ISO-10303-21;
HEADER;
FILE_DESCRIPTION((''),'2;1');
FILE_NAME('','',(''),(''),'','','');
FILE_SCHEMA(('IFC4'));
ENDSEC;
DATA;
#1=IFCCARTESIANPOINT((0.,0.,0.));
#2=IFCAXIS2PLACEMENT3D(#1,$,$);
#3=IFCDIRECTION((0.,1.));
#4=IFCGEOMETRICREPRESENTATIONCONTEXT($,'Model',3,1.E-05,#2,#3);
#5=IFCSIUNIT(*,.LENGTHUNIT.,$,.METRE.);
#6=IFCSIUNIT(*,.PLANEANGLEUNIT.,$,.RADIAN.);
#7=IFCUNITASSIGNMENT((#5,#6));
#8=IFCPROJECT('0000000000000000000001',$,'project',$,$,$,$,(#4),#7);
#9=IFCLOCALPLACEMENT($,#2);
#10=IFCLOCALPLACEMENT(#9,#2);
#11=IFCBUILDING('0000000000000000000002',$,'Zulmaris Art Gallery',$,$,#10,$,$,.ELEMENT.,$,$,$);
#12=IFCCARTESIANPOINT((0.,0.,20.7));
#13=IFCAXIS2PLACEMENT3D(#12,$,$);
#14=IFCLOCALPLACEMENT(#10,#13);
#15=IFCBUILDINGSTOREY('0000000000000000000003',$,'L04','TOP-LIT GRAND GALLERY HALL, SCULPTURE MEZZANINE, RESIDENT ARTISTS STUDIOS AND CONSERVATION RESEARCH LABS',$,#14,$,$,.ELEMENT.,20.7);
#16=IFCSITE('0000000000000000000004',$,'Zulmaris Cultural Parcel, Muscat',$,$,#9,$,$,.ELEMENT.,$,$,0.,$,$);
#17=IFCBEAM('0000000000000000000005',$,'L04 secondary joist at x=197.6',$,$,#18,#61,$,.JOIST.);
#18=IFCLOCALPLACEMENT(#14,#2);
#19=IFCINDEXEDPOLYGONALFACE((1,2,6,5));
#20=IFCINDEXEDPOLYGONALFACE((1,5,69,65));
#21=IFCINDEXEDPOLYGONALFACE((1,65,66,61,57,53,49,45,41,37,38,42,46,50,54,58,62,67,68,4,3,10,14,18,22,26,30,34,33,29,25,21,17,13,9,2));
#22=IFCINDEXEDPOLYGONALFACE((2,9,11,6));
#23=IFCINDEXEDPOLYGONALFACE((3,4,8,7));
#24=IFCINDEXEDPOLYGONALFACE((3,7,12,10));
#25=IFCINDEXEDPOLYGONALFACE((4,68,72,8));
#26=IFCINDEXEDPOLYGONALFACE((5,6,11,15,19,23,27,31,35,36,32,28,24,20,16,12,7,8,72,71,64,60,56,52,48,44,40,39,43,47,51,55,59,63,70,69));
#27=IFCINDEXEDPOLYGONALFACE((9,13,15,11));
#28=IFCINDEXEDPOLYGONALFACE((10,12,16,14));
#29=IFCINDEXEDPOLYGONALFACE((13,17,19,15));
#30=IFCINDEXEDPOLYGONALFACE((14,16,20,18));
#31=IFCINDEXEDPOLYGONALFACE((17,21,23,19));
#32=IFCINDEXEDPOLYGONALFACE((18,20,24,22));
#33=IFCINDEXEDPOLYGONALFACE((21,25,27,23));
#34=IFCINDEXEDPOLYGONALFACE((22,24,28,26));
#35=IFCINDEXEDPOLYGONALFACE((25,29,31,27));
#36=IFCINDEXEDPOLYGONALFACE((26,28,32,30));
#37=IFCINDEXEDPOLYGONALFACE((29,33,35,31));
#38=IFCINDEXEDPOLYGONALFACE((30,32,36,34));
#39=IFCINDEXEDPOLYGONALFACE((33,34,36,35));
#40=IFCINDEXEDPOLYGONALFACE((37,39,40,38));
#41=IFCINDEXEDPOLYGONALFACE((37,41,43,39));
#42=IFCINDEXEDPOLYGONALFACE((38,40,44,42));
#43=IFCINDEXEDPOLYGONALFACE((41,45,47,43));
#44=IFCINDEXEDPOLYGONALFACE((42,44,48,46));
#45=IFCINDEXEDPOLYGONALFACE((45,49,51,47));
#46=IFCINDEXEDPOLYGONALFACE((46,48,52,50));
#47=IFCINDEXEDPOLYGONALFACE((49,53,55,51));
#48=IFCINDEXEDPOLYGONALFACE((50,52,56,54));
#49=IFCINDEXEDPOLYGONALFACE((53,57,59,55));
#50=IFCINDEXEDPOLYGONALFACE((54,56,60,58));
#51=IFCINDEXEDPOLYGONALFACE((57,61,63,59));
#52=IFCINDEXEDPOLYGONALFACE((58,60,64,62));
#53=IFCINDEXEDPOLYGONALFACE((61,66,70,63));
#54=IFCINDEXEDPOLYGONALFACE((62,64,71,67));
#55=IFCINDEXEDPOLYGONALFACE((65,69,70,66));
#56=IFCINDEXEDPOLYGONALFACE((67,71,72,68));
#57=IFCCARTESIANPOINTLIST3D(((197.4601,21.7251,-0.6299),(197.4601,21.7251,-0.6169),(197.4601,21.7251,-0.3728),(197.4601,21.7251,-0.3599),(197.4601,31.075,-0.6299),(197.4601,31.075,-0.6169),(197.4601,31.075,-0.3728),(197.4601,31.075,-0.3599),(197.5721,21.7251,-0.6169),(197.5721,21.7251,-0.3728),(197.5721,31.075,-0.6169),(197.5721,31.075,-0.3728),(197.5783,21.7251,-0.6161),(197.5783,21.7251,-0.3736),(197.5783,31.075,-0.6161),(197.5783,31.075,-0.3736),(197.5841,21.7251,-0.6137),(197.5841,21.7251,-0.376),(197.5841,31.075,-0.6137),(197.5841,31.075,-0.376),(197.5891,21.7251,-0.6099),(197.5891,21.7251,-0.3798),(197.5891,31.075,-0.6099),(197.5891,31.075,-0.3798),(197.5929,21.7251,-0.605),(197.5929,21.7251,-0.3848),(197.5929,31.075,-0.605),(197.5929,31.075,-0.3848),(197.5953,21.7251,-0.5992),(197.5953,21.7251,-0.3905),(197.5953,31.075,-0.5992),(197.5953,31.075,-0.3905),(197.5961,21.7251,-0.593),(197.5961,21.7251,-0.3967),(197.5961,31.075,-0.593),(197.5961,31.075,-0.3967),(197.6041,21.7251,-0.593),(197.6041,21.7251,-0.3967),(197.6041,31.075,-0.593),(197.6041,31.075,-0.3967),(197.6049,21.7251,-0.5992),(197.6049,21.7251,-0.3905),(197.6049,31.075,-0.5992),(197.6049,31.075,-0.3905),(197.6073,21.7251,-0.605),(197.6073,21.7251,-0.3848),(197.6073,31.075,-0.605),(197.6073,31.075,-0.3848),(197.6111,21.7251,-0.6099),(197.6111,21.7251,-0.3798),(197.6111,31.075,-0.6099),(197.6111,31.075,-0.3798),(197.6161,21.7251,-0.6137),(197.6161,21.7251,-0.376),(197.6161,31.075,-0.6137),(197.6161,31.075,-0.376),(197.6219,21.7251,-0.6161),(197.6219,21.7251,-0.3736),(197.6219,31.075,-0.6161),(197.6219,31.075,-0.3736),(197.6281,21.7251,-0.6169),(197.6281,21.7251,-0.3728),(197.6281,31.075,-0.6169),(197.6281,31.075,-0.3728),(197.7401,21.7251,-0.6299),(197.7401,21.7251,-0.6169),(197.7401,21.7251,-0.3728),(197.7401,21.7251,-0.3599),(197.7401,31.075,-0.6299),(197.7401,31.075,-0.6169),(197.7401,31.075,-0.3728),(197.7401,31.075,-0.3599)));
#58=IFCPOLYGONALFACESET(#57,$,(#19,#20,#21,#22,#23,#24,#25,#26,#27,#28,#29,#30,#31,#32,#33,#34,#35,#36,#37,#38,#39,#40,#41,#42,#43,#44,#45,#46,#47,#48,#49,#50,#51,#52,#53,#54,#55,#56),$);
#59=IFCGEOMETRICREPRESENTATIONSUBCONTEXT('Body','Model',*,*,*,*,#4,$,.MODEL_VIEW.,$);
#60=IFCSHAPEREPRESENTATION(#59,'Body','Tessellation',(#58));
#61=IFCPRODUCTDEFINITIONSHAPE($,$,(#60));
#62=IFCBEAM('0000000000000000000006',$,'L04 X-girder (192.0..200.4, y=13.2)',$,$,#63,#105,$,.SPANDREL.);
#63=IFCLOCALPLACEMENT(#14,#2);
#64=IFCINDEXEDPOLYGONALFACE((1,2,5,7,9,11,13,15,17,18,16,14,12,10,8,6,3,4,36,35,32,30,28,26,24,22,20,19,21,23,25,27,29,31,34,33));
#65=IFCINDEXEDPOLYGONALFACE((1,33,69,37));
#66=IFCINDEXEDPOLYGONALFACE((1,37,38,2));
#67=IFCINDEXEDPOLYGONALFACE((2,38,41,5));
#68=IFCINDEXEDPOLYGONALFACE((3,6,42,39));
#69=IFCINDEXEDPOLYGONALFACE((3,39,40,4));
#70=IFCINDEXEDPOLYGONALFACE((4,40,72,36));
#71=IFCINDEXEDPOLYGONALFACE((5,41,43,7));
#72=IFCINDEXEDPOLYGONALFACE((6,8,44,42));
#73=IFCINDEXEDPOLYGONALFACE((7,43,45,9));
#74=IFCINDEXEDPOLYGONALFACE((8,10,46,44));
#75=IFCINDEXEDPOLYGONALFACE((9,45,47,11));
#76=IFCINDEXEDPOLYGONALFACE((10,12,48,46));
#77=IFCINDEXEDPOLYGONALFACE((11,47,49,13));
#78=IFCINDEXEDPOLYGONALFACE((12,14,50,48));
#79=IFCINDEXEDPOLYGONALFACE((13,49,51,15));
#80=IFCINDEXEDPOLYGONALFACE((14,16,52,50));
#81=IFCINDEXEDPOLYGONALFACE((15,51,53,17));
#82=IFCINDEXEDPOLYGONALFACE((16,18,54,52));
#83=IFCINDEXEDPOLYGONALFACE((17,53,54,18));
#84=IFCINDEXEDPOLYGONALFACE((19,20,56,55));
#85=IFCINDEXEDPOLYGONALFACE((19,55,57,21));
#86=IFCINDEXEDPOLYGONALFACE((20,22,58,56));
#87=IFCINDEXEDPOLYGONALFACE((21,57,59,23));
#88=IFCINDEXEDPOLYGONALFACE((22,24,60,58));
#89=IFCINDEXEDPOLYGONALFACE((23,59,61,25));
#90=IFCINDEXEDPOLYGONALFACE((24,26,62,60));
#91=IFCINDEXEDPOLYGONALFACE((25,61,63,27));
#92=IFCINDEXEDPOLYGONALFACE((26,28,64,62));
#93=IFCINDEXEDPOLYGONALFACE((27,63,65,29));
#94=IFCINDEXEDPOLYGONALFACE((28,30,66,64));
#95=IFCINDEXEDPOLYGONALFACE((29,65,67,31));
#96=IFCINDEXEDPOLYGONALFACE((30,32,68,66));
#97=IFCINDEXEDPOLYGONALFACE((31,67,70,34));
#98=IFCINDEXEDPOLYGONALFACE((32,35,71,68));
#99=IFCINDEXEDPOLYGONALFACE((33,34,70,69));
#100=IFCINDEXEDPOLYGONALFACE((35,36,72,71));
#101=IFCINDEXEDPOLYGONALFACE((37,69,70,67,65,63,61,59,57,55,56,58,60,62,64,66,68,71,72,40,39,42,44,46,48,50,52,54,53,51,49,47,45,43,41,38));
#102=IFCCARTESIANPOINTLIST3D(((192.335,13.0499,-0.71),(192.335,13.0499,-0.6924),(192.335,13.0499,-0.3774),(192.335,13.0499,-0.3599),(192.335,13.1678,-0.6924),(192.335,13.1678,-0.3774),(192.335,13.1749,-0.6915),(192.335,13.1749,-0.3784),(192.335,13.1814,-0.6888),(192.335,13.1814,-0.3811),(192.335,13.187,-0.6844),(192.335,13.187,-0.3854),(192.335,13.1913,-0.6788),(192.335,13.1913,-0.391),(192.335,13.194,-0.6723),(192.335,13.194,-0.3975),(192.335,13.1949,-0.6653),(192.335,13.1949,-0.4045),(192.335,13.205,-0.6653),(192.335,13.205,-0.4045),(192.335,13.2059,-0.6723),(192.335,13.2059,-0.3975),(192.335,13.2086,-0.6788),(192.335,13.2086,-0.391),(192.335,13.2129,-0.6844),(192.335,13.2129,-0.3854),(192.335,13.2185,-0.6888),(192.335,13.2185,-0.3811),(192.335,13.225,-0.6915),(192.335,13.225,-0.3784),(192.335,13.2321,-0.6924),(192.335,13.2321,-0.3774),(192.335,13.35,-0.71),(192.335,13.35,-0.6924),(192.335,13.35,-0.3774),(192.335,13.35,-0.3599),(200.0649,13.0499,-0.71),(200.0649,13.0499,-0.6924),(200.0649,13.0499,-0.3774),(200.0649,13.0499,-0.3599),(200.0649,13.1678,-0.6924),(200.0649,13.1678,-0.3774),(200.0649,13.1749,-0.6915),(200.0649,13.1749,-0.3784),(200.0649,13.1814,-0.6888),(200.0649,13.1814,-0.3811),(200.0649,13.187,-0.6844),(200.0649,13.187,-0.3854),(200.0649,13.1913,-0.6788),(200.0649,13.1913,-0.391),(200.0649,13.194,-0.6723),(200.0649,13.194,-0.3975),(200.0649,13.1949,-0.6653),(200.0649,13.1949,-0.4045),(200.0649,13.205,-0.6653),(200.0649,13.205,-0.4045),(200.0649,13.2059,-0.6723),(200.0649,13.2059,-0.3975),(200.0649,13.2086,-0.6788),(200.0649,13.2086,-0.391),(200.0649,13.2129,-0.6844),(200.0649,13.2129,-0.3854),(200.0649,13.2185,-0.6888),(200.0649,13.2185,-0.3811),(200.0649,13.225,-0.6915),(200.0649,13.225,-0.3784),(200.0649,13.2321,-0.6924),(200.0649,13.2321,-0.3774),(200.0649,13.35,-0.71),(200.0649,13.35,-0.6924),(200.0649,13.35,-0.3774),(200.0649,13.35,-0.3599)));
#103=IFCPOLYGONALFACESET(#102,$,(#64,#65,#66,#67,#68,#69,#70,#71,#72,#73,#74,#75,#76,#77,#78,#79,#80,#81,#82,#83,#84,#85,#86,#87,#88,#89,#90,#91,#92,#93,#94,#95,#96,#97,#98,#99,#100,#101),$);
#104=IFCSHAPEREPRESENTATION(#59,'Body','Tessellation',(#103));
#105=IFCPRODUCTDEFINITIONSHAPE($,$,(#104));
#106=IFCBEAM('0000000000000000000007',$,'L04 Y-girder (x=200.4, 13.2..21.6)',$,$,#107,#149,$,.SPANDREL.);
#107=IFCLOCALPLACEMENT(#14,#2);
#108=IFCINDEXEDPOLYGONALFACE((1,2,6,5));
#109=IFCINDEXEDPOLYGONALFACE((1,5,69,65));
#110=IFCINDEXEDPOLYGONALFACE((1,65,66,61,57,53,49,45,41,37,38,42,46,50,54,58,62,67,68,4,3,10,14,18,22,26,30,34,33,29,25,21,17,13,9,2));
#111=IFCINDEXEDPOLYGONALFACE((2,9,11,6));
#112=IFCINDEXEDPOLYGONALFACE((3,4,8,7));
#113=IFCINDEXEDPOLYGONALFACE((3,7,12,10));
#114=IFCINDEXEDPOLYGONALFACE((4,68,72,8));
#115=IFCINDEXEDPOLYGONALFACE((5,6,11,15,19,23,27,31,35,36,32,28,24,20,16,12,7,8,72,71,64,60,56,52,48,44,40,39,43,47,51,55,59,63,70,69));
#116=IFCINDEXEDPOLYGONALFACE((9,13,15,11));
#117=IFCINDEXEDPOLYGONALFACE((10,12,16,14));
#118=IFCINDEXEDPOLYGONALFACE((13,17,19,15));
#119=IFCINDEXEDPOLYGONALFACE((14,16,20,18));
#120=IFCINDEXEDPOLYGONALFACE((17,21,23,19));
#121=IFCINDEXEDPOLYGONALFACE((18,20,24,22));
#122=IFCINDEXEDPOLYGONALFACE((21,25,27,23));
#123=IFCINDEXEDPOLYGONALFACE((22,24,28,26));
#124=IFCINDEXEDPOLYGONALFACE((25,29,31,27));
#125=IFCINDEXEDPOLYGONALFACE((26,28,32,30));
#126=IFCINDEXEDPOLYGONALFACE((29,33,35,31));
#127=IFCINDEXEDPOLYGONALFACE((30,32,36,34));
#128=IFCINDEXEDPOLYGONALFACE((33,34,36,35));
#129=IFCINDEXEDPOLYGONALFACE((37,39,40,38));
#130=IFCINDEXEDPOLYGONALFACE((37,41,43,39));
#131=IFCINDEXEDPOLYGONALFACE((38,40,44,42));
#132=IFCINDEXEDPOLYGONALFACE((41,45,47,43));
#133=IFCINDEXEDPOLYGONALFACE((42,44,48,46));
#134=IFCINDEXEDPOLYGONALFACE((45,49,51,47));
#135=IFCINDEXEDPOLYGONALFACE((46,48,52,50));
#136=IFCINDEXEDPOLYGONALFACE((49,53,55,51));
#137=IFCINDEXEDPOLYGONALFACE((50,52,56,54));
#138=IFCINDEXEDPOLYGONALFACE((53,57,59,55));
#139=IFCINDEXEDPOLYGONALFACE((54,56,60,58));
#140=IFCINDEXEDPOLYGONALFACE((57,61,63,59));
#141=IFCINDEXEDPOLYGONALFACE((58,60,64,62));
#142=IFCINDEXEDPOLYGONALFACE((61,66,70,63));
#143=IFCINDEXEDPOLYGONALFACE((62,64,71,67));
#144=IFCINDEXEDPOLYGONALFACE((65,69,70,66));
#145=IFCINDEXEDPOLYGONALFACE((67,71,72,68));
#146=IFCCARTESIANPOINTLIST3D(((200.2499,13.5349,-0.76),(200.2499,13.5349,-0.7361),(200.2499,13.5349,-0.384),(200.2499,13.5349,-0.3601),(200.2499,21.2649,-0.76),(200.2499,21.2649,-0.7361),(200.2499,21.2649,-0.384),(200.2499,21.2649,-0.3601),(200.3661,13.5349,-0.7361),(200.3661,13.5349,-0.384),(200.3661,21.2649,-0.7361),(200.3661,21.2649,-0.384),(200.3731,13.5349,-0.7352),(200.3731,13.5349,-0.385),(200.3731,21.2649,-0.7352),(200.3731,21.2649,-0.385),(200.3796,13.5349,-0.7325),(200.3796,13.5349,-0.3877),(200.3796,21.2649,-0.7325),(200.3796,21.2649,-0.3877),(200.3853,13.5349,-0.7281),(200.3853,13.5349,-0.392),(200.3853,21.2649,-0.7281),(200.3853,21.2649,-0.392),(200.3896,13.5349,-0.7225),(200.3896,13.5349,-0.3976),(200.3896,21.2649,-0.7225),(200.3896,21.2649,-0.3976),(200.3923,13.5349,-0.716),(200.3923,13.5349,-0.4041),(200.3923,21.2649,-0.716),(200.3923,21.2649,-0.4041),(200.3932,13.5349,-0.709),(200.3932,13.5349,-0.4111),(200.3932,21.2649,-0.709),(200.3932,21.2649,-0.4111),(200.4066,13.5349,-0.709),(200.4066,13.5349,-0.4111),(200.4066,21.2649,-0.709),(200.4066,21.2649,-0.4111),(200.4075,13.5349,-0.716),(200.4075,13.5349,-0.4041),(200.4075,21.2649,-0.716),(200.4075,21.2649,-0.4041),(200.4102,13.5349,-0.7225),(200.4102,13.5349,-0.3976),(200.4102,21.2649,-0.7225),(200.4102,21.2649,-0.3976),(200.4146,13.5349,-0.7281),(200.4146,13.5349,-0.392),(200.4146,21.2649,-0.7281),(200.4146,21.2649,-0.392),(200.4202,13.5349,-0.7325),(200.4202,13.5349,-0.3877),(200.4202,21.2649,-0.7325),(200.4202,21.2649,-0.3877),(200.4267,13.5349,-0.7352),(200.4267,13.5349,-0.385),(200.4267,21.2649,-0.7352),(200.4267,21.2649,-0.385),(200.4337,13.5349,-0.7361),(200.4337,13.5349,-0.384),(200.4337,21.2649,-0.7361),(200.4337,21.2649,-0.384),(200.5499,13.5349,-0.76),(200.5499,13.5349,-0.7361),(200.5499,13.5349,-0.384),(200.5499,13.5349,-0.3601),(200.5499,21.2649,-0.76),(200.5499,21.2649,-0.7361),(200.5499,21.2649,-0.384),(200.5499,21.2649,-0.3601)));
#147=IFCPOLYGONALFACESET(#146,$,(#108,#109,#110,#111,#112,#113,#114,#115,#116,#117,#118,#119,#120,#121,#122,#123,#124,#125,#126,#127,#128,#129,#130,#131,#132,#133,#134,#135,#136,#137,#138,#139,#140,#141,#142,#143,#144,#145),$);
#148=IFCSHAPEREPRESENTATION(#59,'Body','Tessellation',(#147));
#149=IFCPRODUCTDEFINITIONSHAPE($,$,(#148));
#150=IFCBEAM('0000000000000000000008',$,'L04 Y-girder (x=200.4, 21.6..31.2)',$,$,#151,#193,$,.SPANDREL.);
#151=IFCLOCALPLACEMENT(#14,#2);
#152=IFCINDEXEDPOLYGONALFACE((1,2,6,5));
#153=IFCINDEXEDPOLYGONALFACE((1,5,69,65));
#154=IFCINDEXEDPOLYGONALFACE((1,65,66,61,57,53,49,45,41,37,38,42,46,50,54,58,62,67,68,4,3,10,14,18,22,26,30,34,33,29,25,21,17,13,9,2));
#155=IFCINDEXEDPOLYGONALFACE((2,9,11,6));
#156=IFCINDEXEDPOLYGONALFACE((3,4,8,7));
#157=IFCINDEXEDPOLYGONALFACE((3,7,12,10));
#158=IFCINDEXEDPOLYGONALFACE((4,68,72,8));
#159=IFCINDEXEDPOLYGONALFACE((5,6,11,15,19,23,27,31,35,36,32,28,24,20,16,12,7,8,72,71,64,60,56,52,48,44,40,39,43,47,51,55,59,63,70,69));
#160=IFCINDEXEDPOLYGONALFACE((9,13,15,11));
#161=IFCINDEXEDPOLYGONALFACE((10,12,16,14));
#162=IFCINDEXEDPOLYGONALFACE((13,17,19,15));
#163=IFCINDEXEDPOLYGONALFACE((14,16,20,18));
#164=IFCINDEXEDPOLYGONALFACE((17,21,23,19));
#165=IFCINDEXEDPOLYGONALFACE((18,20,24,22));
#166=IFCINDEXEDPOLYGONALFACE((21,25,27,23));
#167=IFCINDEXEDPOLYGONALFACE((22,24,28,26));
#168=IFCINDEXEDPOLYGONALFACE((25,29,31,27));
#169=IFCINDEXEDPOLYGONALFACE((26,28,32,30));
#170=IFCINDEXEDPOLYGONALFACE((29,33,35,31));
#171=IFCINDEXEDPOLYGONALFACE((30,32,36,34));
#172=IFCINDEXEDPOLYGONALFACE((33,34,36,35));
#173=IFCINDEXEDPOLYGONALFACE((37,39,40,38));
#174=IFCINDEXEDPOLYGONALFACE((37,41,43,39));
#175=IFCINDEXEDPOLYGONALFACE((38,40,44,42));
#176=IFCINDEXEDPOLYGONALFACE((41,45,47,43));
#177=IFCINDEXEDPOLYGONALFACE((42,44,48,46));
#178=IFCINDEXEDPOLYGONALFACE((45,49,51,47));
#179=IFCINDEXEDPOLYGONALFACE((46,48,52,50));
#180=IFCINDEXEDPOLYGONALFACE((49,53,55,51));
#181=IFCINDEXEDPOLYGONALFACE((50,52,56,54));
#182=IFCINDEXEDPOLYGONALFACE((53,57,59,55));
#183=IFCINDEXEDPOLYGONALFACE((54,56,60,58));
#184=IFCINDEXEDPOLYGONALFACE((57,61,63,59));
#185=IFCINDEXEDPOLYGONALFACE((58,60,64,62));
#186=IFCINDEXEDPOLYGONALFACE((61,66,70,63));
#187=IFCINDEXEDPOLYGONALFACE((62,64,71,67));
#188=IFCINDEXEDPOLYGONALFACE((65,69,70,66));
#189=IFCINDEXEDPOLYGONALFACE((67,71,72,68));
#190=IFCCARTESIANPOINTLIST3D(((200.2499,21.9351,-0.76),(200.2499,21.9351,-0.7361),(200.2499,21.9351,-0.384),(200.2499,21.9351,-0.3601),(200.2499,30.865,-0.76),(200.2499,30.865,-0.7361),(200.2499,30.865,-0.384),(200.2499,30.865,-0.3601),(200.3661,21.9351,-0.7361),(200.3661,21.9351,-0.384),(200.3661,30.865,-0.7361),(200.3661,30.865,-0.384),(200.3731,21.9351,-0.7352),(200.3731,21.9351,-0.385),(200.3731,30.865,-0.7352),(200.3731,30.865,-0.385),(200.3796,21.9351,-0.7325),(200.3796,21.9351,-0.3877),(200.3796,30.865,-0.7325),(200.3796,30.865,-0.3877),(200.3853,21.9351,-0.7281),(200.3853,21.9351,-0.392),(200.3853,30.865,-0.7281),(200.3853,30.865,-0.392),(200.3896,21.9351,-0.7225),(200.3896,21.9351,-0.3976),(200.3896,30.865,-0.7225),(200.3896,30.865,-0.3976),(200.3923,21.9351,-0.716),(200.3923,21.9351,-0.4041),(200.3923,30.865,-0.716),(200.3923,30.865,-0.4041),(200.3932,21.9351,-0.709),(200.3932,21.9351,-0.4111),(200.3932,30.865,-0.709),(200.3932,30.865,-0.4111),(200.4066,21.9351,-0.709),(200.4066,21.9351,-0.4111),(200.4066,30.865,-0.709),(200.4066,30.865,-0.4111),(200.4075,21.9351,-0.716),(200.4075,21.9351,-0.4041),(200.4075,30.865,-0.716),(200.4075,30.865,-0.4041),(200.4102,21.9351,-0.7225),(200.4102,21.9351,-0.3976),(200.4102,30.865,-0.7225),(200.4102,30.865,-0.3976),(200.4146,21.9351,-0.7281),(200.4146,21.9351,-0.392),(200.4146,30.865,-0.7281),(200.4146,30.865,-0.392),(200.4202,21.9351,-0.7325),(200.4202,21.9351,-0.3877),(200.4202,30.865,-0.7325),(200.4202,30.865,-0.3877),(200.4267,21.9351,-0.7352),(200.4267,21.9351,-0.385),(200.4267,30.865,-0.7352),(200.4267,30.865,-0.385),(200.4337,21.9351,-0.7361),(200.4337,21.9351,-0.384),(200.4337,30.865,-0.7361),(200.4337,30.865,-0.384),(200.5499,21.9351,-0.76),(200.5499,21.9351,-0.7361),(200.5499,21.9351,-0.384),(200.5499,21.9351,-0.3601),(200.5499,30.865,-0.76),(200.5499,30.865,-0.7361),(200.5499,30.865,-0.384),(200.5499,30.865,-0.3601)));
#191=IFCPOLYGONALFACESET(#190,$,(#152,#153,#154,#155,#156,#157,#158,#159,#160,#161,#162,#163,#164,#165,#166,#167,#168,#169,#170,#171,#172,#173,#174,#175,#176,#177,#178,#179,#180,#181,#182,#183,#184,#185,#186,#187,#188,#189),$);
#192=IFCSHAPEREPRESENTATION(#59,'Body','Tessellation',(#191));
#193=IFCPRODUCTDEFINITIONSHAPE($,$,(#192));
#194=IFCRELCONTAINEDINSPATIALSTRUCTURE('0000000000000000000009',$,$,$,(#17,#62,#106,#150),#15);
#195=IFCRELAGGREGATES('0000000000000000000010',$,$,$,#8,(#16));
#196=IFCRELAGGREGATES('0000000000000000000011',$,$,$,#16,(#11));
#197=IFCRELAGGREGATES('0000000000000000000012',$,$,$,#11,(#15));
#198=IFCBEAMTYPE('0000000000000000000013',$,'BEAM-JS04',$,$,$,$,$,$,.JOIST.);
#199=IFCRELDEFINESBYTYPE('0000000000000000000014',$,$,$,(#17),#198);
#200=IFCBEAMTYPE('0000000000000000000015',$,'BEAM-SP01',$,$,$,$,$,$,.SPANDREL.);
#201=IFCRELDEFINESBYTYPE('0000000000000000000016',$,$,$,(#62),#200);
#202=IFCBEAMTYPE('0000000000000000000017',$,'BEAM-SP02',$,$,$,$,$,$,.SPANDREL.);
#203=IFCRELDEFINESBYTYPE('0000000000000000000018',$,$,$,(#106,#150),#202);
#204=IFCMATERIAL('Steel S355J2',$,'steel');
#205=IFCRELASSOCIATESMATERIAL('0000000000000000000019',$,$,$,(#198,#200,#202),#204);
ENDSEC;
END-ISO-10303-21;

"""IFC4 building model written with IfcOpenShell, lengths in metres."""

from ifc_helpers import new_model, si_unit, direction, frame, origin, origin_2d, place, context, subcontext, project, spatial, i_section, extrude, material, material_profile, profile_set, type_object, element, save


model = new_model("IFC4")

# Units and contexts
model_context = context("Model", 3, precision=1e-05, world=origin(), true_north=direction((0.0, 1.0)))
body_context = subcontext(model_context, "Body", "Model", "MODEL_VIEW")
ifc_project = project(units=[si_unit("LENGTHUNIT", "METRE"), si_unit("PLANEANGLEUNIT", "RADIAN")], contexts=[model_context])

# Site, building, storey
site_placement = place(None, origin())
site = spatial("IfcSite", under=ifc_project, at=site_placement, Name="Zulmaris Cultural Parcel, Muscat", CompositionType="ELEMENT", RefElevation=0.0)
building_placement = place(site_placement, origin())
building = spatial("IfcBuilding", under=site, at=building_placement, Name="Zulmaris Art Gallery", CompositionType="ELEMENT")
storey_placement = place(building_placement, frame((0.0, 0.0, 20.7)))
storey = spatial("IfcBuildingStorey", under=building, at=storey_placement, Name="L04", Description="TOP-LIT GRAND GALLERY HALL, SCULPTURE MEZZANINE, RESIDENT ARTISTS STUDIOS AND CONSERVATION RESEARCH LABS", CompositionType="ELEMENT", Elevation=20.7)

# Beams
ifc_material_1 = material(Name="Steel S355J2", Category="steel")
ifc_material_profile_1 = material_profile(ifc_material_1, i_section(OverallWidth=0.28, OverallDepth=0.27, WebThickness=0.0081, FlangeThickness=0.0129, FilletRadius=0.0239, at=origin_2d()), Name="HEA 280")
ifc_profile_set_1 = profile_set([ifc_material_profile_1], Name="Steel S355J2")
beam_type_1 = type_object("IfcBeamType", Name="BEAM-JS04", PredefinedType="JOIST", material=ifc_profile_set_1)
beam_1_placement = place(storey_placement, frame((197.6001, 21.7251, -0.4949), z_axis=(0.0, 1.0, 0.0), x_axis=(-1.0, 0.0, 0.0)))
element("IfcBeam", 1, at=beam_1_placement, inside=storey, type_object=beam_type_1, Name="L04 secondary joist at x=197.6", PredefinedType="JOIST", context=body_context, shape_type="SweptSolid", body=[
    extrude(i_section(OverallWidth=0.28, OverallDepth=0.27, WebThickness=0.0081, FlangeThickness=0.0129, FilletRadius=0.0239, at=origin_2d()), origin(), (0.0, 0.0, 1.0), 9.3499),
])
ifc_material_profile_2 = material_profile(ifc_material_1, i_section(OverallWidth=0.3, OverallDepth=0.3501, WebThickness=0.01, FlangeThickness=0.0176, FilletRadius=0.0271, at=origin_2d()), Name="HEA 360")
ifc_profile_set_2 = profile_set([ifc_material_profile_2], Name="Steel S355J2")
beam_type_2 = type_object("IfcBeamType", Name="BEAM-SP01", PredefinedType="SPANDREL", material=ifc_profile_set_2)
beam_2_placement = place(storey_placement, frame((192.335, 13.2, -0.5349), z_axis=(1.0, 0.0, 0.0), x_axis=(0.0, 1.0, 0.0)))
element("IfcBeam", 2, at=beam_2_placement, inside=storey, type_object=beam_type_2, Name="L04 X-girder (192.0..200.4, y=13.2)", PredefinedType="SPANDREL", context=body_context, shape_type="SweptSolid", body=[
    extrude(i_section(OverallWidth=0.3, OverallDepth=0.3501, WebThickness=0.01, FlangeThickness=0.0176, FilletRadius=0.0271, at=origin_2d()), origin(), (0.0, 0.0, 1.0), 7.73),
])
ifc_material_profile_3 = material_profile(ifc_material_1, i_section(OverallWidth=0.3, OverallDepth=0.3999, WebThickness=0.0134, FlangeThickness=0.0239, FilletRadius=0.0271, at=origin_2d()), Name="HEB 400")
ifc_profile_set_3 = profile_set([ifc_material_profile_3], Name="Steel S355J2")
beam_type_3 = type_object("IfcBeamType", Name="BEAM-SP02", PredefinedType="SPANDREL", material=ifc_profile_set_3)
beam_3_placement = place(storey_placement, frame((200.3999, 13.5349, -0.5601), z_axis=(0.0, 1.0, 0.0), x_axis=(-1.0, 0.0, 0.0)))
element("IfcBeam", 3, at=beam_3_placement, inside=storey, type_object=beam_type_3, Name="L04 Y-girder (x=200.4, 13.2..21.6)", PredefinedType="SPANDREL", context=body_context, shape_type="SweptSolid", body=[
    extrude(i_section(OverallWidth=0.3, OverallDepth=0.3999, WebThickness=0.0134, FlangeThickness=0.0239, FilletRadius=0.0271, at=origin_2d()), origin(), (0.0, 0.0, 1.0), 7.73),
])
beam_4_placement = place(storey_placement, frame((200.3999, 21.9351, -0.5601), z_axis=(0.0, 1.0, 0.0), x_axis=(-1.0, 0.0, 0.0)))
element("IfcBeam", 4, at=beam_4_placement, inside=storey, type_object=beam_type_3, Name="L04 Y-girder (x=200.4, 21.6..31.2)", PredefinedType="SPANDREL", context=body_context, shape_type="SweptSolid", body=[
    extrude(i_section(OverallWidth=0.3, OverallDepth=0.3999, WebThickness=0.0134, FlangeThickness=0.0239, FilletRadius=0.0271, at=origin_2d()), origin(), (0.0, 0.0, 1.0), 8.9299),
])

save(model, "model.ifc")
